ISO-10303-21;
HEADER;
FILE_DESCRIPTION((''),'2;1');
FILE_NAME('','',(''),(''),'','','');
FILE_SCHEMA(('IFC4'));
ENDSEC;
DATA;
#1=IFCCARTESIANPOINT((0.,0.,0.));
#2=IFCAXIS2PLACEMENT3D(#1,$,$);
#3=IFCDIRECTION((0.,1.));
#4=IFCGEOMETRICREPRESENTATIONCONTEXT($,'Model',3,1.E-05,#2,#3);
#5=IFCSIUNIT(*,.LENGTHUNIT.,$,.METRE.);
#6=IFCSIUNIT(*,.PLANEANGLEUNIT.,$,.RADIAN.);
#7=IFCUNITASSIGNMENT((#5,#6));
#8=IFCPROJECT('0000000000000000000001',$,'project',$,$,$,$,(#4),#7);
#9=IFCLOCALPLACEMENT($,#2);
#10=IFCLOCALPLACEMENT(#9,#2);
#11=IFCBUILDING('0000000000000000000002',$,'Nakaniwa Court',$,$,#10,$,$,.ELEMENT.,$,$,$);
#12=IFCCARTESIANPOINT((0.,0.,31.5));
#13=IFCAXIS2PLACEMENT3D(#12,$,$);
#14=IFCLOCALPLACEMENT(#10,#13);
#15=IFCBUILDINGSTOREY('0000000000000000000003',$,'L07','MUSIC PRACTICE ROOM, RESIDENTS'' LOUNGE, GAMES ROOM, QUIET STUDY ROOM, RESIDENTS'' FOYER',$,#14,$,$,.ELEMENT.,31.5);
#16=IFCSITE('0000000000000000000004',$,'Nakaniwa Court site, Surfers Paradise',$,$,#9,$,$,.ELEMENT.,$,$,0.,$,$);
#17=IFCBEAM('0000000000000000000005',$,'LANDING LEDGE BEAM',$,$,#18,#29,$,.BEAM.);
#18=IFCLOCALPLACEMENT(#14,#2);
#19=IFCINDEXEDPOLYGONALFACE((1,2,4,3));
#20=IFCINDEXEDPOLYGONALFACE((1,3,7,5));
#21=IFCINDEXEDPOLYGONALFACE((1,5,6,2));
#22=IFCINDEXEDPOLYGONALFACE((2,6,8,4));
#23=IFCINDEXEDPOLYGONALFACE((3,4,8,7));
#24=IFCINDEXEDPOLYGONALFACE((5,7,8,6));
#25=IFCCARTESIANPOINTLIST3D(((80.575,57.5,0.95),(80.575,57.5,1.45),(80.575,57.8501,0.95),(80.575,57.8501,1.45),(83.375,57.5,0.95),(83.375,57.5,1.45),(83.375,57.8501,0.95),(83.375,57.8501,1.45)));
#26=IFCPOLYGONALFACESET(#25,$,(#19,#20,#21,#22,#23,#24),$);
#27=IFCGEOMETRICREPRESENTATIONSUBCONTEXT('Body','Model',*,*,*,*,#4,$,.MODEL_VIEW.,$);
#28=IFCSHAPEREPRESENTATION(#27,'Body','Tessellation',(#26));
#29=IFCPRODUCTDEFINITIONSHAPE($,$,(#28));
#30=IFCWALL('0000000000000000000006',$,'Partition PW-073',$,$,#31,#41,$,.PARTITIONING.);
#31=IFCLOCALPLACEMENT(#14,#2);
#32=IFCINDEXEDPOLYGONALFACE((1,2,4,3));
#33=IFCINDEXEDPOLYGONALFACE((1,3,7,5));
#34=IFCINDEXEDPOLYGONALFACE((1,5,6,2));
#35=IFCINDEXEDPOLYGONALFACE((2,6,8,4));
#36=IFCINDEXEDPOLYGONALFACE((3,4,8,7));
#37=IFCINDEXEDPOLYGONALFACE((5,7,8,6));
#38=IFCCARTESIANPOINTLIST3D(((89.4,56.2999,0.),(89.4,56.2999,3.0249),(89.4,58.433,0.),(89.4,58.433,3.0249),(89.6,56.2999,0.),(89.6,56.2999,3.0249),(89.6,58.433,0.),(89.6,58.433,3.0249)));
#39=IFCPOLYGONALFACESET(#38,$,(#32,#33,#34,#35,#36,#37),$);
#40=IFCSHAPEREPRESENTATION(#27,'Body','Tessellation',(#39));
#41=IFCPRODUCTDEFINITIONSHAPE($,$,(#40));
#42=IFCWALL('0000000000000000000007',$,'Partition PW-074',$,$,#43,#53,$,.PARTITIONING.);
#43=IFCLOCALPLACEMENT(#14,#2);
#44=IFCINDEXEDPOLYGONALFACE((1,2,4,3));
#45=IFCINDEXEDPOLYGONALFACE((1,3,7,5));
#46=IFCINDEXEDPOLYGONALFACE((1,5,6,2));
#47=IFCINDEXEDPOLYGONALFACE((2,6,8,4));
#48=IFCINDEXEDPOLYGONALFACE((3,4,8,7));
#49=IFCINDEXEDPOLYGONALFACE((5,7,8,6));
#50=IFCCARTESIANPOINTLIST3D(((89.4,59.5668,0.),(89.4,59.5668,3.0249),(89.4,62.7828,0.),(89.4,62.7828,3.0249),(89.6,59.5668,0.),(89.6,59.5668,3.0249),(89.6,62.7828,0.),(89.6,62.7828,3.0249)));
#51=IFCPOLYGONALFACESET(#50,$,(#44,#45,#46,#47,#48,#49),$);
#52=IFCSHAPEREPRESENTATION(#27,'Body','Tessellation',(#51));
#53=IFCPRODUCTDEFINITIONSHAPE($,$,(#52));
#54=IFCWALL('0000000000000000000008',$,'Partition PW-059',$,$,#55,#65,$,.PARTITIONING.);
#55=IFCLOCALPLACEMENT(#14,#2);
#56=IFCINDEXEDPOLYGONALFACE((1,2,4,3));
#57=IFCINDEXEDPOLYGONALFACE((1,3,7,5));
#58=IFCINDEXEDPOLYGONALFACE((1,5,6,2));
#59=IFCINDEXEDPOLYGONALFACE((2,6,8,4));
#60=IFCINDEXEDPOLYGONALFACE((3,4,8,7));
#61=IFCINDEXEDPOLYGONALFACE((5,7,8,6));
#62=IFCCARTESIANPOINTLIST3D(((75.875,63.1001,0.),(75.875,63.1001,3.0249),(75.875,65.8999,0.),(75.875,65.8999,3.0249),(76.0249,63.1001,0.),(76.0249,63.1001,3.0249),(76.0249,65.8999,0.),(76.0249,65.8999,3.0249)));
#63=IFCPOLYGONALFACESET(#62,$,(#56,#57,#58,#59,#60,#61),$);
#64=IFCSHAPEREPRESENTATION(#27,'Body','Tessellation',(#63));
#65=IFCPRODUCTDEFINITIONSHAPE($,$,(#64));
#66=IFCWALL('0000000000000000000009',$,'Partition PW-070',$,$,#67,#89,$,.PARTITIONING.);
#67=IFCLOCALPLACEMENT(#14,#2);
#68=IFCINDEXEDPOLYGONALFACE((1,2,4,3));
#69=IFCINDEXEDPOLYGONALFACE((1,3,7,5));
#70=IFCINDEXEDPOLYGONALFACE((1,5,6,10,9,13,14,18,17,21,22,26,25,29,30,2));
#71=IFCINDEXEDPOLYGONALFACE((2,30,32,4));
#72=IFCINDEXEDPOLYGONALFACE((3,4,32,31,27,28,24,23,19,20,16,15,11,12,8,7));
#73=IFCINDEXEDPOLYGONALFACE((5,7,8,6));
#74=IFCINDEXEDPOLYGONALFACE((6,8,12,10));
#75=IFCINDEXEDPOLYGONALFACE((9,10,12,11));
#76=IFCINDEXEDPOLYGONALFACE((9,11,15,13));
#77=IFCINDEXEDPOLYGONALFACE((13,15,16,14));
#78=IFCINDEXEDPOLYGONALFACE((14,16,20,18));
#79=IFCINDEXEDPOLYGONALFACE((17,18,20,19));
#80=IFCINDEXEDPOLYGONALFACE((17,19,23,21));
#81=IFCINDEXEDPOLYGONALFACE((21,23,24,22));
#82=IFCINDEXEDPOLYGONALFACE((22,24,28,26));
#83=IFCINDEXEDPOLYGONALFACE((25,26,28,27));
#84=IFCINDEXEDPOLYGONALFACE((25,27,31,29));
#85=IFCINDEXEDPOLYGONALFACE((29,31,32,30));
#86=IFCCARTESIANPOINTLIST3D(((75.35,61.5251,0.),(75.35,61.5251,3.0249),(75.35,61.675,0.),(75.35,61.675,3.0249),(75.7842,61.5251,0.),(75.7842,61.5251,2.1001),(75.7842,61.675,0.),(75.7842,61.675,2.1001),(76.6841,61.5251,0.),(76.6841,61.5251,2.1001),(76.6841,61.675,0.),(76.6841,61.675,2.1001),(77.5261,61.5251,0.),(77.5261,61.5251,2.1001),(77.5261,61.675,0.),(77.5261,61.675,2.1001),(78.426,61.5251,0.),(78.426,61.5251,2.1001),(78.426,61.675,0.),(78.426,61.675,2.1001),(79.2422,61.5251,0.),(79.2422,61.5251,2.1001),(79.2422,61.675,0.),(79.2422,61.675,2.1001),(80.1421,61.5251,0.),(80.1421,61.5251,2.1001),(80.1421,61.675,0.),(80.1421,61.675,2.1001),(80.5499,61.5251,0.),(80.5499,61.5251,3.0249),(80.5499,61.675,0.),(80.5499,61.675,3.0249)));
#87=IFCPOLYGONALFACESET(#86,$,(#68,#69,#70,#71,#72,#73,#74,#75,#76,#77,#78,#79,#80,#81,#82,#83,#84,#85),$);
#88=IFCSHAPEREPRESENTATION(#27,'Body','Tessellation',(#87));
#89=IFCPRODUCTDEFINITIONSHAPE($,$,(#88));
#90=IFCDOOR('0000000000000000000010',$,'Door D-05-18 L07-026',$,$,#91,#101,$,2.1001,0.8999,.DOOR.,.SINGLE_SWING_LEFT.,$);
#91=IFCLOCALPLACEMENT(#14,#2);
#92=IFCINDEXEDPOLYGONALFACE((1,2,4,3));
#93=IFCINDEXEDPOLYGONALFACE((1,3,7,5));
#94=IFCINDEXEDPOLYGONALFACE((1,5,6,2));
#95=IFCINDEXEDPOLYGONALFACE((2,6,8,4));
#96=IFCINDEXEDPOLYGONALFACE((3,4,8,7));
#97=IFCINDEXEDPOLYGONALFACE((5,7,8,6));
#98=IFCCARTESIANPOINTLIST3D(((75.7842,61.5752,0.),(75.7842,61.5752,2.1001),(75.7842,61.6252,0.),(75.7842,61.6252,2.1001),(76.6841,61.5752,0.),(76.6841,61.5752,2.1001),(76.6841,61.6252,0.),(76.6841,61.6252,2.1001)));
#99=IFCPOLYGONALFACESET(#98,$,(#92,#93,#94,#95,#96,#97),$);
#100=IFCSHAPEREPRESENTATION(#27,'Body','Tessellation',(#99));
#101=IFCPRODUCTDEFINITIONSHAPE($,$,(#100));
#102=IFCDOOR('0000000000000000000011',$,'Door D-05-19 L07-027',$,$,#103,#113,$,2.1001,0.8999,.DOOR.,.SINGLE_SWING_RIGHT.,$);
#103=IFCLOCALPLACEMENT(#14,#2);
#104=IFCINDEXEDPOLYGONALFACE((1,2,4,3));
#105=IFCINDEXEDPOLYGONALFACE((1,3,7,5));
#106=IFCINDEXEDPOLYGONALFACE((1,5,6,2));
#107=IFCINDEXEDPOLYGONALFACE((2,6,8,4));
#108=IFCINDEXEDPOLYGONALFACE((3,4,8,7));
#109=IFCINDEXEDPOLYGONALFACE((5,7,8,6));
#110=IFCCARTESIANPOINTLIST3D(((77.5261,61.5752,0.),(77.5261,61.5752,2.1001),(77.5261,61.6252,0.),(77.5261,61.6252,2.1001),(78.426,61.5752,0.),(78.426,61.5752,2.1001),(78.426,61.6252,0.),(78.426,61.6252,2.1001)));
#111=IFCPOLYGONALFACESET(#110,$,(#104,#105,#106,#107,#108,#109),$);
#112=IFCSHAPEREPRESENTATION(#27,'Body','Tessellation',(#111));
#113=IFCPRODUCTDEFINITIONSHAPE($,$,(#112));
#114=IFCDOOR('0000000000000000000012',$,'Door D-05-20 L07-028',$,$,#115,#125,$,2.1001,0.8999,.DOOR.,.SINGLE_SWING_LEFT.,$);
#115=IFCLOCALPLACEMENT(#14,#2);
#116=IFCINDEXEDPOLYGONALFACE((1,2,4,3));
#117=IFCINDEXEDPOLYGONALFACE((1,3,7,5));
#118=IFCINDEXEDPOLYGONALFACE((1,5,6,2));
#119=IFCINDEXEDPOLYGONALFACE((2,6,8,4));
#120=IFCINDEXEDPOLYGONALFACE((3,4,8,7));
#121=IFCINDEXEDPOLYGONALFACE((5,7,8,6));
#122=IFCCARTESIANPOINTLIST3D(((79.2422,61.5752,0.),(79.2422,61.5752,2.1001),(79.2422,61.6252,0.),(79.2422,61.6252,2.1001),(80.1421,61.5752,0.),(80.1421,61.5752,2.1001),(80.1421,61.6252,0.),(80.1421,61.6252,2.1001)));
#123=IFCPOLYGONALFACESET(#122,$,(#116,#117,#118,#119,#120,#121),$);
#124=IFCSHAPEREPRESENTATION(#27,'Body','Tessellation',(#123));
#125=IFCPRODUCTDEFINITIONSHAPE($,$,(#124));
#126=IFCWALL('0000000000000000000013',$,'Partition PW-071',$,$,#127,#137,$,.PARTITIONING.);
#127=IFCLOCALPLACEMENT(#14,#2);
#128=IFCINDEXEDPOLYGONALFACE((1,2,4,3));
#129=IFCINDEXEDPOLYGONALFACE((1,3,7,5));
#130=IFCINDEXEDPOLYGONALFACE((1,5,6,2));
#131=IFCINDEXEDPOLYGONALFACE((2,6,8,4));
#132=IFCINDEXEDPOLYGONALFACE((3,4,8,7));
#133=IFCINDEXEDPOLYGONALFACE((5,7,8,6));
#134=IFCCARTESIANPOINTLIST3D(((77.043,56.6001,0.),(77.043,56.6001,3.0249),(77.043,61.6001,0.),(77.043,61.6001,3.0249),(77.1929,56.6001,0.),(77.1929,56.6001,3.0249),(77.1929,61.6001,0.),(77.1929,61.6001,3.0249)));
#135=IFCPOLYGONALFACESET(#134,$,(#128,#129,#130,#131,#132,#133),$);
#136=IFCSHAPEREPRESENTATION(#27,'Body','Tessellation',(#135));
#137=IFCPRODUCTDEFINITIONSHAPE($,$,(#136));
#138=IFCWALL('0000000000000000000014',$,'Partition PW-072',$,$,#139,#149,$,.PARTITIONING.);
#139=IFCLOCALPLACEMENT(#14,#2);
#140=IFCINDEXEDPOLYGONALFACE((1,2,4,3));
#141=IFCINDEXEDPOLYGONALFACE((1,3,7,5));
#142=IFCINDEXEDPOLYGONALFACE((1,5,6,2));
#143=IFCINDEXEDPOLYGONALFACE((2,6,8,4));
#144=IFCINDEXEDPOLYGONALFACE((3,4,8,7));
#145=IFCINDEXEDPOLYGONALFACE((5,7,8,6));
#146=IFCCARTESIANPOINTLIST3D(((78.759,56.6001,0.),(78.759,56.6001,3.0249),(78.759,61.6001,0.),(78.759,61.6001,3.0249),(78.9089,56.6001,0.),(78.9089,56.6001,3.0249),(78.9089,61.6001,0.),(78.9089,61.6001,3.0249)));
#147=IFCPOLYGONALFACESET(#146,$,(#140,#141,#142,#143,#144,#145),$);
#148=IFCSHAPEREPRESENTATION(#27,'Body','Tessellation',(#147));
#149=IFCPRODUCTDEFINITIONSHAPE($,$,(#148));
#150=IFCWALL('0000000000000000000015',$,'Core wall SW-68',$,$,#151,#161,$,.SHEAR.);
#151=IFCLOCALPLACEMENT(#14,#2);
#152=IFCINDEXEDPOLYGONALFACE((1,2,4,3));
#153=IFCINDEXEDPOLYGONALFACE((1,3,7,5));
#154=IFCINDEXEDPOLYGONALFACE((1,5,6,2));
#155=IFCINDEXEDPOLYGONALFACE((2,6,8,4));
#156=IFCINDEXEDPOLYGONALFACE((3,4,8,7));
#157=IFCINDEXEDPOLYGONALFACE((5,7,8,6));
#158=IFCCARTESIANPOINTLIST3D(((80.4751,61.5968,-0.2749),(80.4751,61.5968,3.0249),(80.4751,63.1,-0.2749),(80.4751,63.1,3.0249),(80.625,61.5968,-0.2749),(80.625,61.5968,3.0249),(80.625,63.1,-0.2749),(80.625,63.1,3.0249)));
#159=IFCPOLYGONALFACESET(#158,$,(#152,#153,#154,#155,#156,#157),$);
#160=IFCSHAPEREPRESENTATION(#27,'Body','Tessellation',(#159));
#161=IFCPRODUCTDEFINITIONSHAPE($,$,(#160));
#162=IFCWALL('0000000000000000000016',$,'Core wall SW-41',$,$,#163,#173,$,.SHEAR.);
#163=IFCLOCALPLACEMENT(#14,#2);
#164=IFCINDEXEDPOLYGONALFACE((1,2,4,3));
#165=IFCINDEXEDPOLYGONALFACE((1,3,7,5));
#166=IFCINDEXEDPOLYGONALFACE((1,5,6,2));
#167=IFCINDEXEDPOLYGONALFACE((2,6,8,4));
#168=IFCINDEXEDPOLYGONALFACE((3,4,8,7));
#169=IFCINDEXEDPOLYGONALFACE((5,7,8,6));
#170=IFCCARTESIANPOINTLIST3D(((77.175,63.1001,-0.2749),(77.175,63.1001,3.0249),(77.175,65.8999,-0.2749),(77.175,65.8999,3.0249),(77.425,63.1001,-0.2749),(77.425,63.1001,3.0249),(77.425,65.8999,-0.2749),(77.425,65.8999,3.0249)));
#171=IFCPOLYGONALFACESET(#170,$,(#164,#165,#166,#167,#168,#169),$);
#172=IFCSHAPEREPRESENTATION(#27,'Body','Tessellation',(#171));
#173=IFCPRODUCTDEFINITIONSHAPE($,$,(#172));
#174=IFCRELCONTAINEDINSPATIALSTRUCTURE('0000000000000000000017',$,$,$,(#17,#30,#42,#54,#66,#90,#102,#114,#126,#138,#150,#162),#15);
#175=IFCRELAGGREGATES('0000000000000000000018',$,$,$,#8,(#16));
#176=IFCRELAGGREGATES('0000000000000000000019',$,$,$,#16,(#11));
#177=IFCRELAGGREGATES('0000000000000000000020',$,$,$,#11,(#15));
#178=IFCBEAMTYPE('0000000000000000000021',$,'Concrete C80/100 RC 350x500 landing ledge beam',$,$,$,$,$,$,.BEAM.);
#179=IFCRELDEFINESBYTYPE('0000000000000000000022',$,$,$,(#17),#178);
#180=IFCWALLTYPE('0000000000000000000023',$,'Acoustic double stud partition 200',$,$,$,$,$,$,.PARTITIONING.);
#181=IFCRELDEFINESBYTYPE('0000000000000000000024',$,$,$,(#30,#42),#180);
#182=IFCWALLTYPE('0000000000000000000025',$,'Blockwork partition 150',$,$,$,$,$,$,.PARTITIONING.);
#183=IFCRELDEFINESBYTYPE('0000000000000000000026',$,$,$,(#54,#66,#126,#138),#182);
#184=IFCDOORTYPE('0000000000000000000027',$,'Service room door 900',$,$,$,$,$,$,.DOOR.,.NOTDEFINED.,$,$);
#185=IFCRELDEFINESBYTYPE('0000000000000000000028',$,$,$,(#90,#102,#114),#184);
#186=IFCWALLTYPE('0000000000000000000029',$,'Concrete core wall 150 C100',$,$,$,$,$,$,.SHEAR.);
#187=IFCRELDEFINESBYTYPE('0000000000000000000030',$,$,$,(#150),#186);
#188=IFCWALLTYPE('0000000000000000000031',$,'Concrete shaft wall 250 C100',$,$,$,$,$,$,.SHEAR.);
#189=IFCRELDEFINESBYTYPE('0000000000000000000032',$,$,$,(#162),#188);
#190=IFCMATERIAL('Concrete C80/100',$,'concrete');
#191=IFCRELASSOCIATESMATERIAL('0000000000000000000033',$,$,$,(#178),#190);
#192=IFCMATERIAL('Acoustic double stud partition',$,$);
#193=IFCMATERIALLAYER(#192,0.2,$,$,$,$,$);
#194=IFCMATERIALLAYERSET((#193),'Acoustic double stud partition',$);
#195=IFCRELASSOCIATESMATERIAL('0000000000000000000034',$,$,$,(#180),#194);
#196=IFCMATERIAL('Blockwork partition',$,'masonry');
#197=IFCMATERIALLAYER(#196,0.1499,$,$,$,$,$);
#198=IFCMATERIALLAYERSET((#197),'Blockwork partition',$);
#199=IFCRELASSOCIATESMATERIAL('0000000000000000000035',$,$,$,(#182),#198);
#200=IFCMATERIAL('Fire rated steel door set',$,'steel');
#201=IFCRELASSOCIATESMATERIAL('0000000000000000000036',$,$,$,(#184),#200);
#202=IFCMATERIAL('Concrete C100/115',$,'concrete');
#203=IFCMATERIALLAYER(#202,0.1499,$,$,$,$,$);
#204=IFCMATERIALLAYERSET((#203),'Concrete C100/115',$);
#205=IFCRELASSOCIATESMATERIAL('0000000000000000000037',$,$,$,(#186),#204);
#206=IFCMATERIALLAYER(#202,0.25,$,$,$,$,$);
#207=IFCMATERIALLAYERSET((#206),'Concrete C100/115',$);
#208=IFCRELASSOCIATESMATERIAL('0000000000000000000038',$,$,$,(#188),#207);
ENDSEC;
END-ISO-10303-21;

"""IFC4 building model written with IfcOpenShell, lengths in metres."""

from ifc_helpers import new_model, si_unit, direction, frame, frame_2d, origin, origin_2d, place, context, subcontext, project, spatial, rectangle, extrude, material, layer, layer_set, material_profile, profile_set, type_object, element, fill, save


model = new_model("IFC4")

# Units and contexts
model_context = context("Model", 3, precision=1e-05, world=origin(), true_north=direction((0.0, 1.0)))
body_context = subcontext(model_context, "Body", "Model", "MODEL_VIEW")
ifc_project = project(units=[si_unit("LENGTHUNIT", "METRE"), si_unit("PLANEANGLEUNIT", "RADIAN")], contexts=[model_context])

# Site, building, storey
site_placement = place(None, origin())
site = spatial("IfcSite", under=ifc_project, at=site_placement, Name="Nakaniwa Court site, Surfers Paradise", CompositionType="ELEMENT", RefElevation=0.0)
building_placement = place(site_placement, origin())
building = spatial("IfcBuilding", under=site, at=building_placement, Name="Nakaniwa Court", CompositionType="ELEMENT")
storey_placement = place(building_placement, frame((0.0, 0.0, 31.5)))
storey = spatial("IfcBuildingStorey", under=building, at=storey_placement, Name="L07", Description="MUSIC PRACTICE ROOM, RESIDENTS' LOUNGE, GAMES ROOM, QUIET STUDY ROOM, RESIDENTS' FOYER", CompositionType="ELEMENT", Elevation=31.5)

# Beam
ifc_material_1 = material(Name="Concrete C80/100", Category="concrete")
ifc_material_profile = material_profile(ifc_material_1, rectangle(XDim=0.3501, YDim=0.5, at=origin_2d()), Name="Concrete C80/100 RC 350x500 landing ledge beam")
ifc_profile_set = profile_set([ifc_material_profile], Name="Concrete C80/100")
beam_type = type_object("IfcBeamType", Name="Concrete C80/100 RC 350x500 landing ledge beam", PredefinedType="BEAM", material=ifc_profile_set)
beam_placement = place(storey_placement, frame((80.575, 57.675, 1.2), z_axis=(1.0, 0.0, 0.0), x_axis=(0.0, 1.0, 0.0)))
element("IfcBeam", 1, at=beam_placement, inside=storey, type_object=beam_type, Name="LANDING LEDGE BEAM", PredefinedType="BEAM", context=body_context, shape_type="SweptSolid", body=[
    extrude(rectangle(XDim=0.3501, YDim=0.5, at=origin_2d()), origin(), (0.0, 0.0, 1.0), 2.8),
])

# Walls
ifc_material_2 = material(Name="Acoustic double stud partition")
ifc_layer_1 = layer(ifc_material_2, 0.2)
ifc_layer_set_1 = layer_set([ifc_layer_1], Name="Acoustic double stud partition")
wall_type_1 = type_object("IfcWallType", Name="Acoustic double stud partition 200", PredefinedType="PARTITIONING", material=ifc_layer_set_1)
wall_1_placement = place(storey_placement, frame((89.5, 56.3, 0.0), z_axis=(0.0, 0.0, 1.0), x_axis=(0.0, 1.0, 0.0)))
element("IfcWall", 2, at=wall_1_placement, inside=storey, type_object=wall_type_1, Name="Partition PW-073", PredefinedType="PARTITIONING", context=body_context, shape_type="SweptSolid", body=[
    extrude(rectangle(XDim=2.1331, YDim=0.2, at=frame_2d((1.0664, 0.0))), origin(), (0.0, 0.0, 1.0), 3.0249),
])
wall_2_placement = place(storey_placement, frame((89.5, 59.5669, 0.0), z_axis=(0.0, 0.0, 1.0), x_axis=(0.0, 1.0, 0.0)))
element("IfcWall", 3, at=wall_2_placement, inside=storey, type_object=wall_type_1, Name="Partition PW-074", PredefinedType="PARTITIONING", context=body_context, shape_type="SweptSolid", body=[
    extrude(rectangle(XDim=3.2161, YDim=0.2, at=frame_2d((1.6079, 0.0))), origin(), (0.0, 0.0, 1.0), 3.0249),
])
ifc_material_3 = material(Name="Blockwork partition", Category="masonry")
ifc_layer_2 = layer(ifc_material_3, 0.1499)
ifc_layer_set_2 = layer_set([ifc_layer_2], Name="Blockwork partition")
wall_type_2 = type_object("IfcWallType", Name="Blockwork partition 150", PredefinedType="PARTITIONING", material=ifc_layer_set_2)
wall_3_placement = place(storey_placement, frame((75.95, 63.1001, 0.0), z_axis=(0.0, 0.0, 1.0), x_axis=(0.0, 1.0, 0.0)))
element("IfcWall", 4, at=wall_3_placement, inside=storey, type_object=wall_type_2, Name="Partition PW-059", PredefinedType="PARTITIONING", context=body_context, shape_type="SweptSolid", body=[
    extrude(rectangle(XDim=2.7998, YDim=0.1499, at=frame_2d((1.3999, 0.0))), origin(), (0.0, 0.0, 1.0), 3.0249),
])

# Wall, openings, doors
wall_4_placement = place(storey_placement, frame((80.55, 61.6001, 0.0), z_axis=(0.0, 0.0, 1.0), x_axis=(-1.0, 0.0, 0.0)))
wall_4 = element("IfcWall", 5, at=wall_4_placement, inside=storey, type_object=wall_type_2, Name="Partition PW-070", PredefinedType="PARTITIONING", context=body_context, shape_type="SweptSolid", body=[
    extrude(rectangle(XDim=5.2, YDim=0.1499, at=frame_2d((2.6001, 0.0))), origin(), (0.0, 0.0, 1.0), 3.0249),
])
opening_1_placement = place(wall_4_placement, frame((3.866, 0.0, 0.0)))
opening_1 = element("IfcOpeningElement", 6, at=opening_1_placement, cuts=wall_4, PredefinedType="OPENING", context=body_context, shape_type="SweptSolid", body=[
    extrude(rectangle(XDim=0.8999, YDim=2.1001, at=frame_2d((0.45, 1.05))), frame((0.0, 0.085, 0.0), z_axis=(0.0, -1.0, 0.0), x_axis=(1.0, 0.0, 0.0)), (0.0, 0.0, 1.0), 0.1699),
])
opening_2_placement = place(wall_4_placement, frame((2.124, 0.0, 0.0)))
opening_2 = element("IfcOpeningElement", 7, at=opening_2_placement, cuts=wall_4, PredefinedType="OPENING", context=body_context, shape_type="SweptSolid", body=[
    extrude(rectangle(XDim=0.8999, YDim=2.1001, at=frame_2d((0.45, 1.05))), frame((0.0, 0.085, 0.0), z_axis=(0.0, -1.0, 0.0), x_axis=(1.0, 0.0, 0.0)), (0.0, 0.0, 1.0), 0.1699),
])
opening_3_placement = place(wall_4_placement, frame((0.408, 0.0, 0.0)))
opening_3 = element("IfcOpeningElement", 8, at=opening_3_placement, cuts=wall_4, PredefinedType="OPENING", context=body_context, shape_type="SweptSolid", body=[
    extrude(rectangle(XDim=0.8999, YDim=2.1001, at=frame_2d((0.45, 1.05))), frame((0.0, 0.085, 0.0), z_axis=(0.0, -1.0, 0.0), x_axis=(1.0, 0.0, 0.0)), (0.0, 0.0, 1.0), 0.1699),
])
ifc_material_4 = material(Name="Fire rated steel door set", Category="steel")
door_type = type_object("IfcDoorType", Name="Service room door 900", OperationType="NOTDEFINED", PredefinedType="DOOR", material=ifc_material_4)
door_1_placement = place(opening_1_placement, origin())
door_1 = element("IfcDoor", 9, at=door_1_placement, inside=storey, type_object=door_type, Name="Door D-05-18 L07-026", OperationType="SINGLE_SWING_LEFT", OverallHeight=2.1001, OverallWidth=0.8999, PredefinedType="DOOR", context=body_context, shape_type="SweptSolid", body=[
    extrude(rectangle(XDim=0.8999, YDim=2.1001, at=frame_2d((0.45, 1.05))), frame((0.0, 0.0249, 0.0), z_axis=(0.0, -1.0, 0.0), x_axis=(1.0, 0.0, 0.0)), (0.0, 0.0, 1.0), 0.05),
])
fill(opening_1, door_1)
door_2_placement = place(opening_2_placement, origin())
door_2 = element("IfcDoor", 10, at=door_2_placement, inside=storey, type_object=door_type, Name="Door D-05-19 L07-027", OperationType="SINGLE_SWING_RIGHT", OverallHeight=2.1001, OverallWidth=0.8999, PredefinedType="DOOR", context=body_context, shape_type="SweptSolid", body=[
    extrude(rectangle(XDim=0.8999, YDim=2.1001, at=frame_2d((0.45, 1.05))), frame((0.0, 0.0249, 0.0), z_axis=(0.0, -1.0, 0.0), x_axis=(1.0, 0.0, 0.0)), (0.0, 0.0, 1.0), 0.05),
])
fill(opening_2, door_2)
door_3_placement = place(opening_3_placement, origin())
door_3 = element("IfcDoor", 11, at=door_3_placement, inside=storey, type_object=door_type, Name="Door D-05-20 L07-028", OperationType="SINGLE_SWING_LEFT", OverallHeight=2.1001, OverallWidth=0.8999, PredefinedType="DOOR", context=body_context, shape_type="SweptSolid", body=[
    extrude(rectangle(XDim=0.8999, YDim=2.1001, at=frame_2d((0.45, 1.05))), frame((0.0, 0.0249, 0.0), z_axis=(0.0, -1.0, 0.0), x_axis=(1.0, 0.0, 0.0)), (0.0, 0.0, 1.0), 0.05),
])
fill(opening_3, door_3)

# Walls
for number, where, z_axis, x_axis, name in (
    (12, (77.1179, 56.6001, 0.0), (0.0, 0.0, 1.0), (0.0, 1.0, 0.0), "Partition PW-071"),
    (13, (78.834, 56.6001, 0.0), (0.0, 0.0, 1.0), (0.0, 1.0, 0.0), "Partition PW-072"),
):
    element("IfcWall", number, at=place(storey_placement, frame(where, z_axis=z_axis, x_axis=x_axis)), inside=storey, type_object=wall_type_2, Name=name, PredefinedType="PARTITIONING", context=body_context, shape_type="SweptSolid", body=[
        extrude(rectangle(XDim=5.0, YDim=0.1499, at=frame_2d((2.5, 0.0))), origin(), (0.0, 0.0, 1.0), 3.0249),
    ])
ifc_material_5 = material(Name="Concrete C100/115", Category="concrete")
ifc_layer_3 = layer(ifc_material_5, 0.1499)
ifc_layer_set_3 = layer_set([ifc_layer_3], Name="Concrete C100/115")
wall_type_3 = type_object("IfcWallType", Name="Concrete core wall 150 C100", PredefinedType="SHEAR", material=ifc_layer_set_3)
wall_5_placement = place(storey_placement, frame((80.55, 61.5969, -0.2749), z_axis=(0.0, 0.0, 1.0), x_axis=(0.0, 1.0, 0.0)))
element("IfcWall", 14, at=wall_5_placement, inside=storey, type_object=wall_type_3, Name="Core wall SW-68", PredefinedType="SHEAR", context=body_context, shape_type="SweptSolid", body=[
    extrude(rectangle(XDim=1.5032, YDim=0.1499, at=frame_2d((0.7515, 0.0))), origin(), (0.0, 0.0, 1.0), 3.2998),
])
ifc_layer_4 = layer(ifc_material_5, 0.25)
ifc_layer_set_4 = layer_set([ifc_layer_4], Name="Concrete C100/115")
wall_type_4 = type_object("IfcWallType", Name="Concrete shaft wall 250 C100", PredefinedType="SHEAR", material=ifc_layer_set_4)
for number, where, z_axis, x_axis, name in (
    (15, (77.3, 63.1001, -0.2749), (0.0, 0.0, 1.0), (0.0, 1.0, 0.0), "Core wall SW-41"),
):
    element("IfcWall", number, at=place(storey_placement, frame(where, z_axis=z_axis, x_axis=x_axis)), inside=storey, type_object=wall_type_4, Name=name, PredefinedType="SHEAR", context=body_context, shape_type="SweptSolid", body=[
        extrude(rectangle(XDim=2.7998, YDim=0.25, at=frame_2d((1.3999, 0.0))), origin(), (0.0, 0.0, 1.0), 3.2998),
    ])

save(model, "model.ifc")
